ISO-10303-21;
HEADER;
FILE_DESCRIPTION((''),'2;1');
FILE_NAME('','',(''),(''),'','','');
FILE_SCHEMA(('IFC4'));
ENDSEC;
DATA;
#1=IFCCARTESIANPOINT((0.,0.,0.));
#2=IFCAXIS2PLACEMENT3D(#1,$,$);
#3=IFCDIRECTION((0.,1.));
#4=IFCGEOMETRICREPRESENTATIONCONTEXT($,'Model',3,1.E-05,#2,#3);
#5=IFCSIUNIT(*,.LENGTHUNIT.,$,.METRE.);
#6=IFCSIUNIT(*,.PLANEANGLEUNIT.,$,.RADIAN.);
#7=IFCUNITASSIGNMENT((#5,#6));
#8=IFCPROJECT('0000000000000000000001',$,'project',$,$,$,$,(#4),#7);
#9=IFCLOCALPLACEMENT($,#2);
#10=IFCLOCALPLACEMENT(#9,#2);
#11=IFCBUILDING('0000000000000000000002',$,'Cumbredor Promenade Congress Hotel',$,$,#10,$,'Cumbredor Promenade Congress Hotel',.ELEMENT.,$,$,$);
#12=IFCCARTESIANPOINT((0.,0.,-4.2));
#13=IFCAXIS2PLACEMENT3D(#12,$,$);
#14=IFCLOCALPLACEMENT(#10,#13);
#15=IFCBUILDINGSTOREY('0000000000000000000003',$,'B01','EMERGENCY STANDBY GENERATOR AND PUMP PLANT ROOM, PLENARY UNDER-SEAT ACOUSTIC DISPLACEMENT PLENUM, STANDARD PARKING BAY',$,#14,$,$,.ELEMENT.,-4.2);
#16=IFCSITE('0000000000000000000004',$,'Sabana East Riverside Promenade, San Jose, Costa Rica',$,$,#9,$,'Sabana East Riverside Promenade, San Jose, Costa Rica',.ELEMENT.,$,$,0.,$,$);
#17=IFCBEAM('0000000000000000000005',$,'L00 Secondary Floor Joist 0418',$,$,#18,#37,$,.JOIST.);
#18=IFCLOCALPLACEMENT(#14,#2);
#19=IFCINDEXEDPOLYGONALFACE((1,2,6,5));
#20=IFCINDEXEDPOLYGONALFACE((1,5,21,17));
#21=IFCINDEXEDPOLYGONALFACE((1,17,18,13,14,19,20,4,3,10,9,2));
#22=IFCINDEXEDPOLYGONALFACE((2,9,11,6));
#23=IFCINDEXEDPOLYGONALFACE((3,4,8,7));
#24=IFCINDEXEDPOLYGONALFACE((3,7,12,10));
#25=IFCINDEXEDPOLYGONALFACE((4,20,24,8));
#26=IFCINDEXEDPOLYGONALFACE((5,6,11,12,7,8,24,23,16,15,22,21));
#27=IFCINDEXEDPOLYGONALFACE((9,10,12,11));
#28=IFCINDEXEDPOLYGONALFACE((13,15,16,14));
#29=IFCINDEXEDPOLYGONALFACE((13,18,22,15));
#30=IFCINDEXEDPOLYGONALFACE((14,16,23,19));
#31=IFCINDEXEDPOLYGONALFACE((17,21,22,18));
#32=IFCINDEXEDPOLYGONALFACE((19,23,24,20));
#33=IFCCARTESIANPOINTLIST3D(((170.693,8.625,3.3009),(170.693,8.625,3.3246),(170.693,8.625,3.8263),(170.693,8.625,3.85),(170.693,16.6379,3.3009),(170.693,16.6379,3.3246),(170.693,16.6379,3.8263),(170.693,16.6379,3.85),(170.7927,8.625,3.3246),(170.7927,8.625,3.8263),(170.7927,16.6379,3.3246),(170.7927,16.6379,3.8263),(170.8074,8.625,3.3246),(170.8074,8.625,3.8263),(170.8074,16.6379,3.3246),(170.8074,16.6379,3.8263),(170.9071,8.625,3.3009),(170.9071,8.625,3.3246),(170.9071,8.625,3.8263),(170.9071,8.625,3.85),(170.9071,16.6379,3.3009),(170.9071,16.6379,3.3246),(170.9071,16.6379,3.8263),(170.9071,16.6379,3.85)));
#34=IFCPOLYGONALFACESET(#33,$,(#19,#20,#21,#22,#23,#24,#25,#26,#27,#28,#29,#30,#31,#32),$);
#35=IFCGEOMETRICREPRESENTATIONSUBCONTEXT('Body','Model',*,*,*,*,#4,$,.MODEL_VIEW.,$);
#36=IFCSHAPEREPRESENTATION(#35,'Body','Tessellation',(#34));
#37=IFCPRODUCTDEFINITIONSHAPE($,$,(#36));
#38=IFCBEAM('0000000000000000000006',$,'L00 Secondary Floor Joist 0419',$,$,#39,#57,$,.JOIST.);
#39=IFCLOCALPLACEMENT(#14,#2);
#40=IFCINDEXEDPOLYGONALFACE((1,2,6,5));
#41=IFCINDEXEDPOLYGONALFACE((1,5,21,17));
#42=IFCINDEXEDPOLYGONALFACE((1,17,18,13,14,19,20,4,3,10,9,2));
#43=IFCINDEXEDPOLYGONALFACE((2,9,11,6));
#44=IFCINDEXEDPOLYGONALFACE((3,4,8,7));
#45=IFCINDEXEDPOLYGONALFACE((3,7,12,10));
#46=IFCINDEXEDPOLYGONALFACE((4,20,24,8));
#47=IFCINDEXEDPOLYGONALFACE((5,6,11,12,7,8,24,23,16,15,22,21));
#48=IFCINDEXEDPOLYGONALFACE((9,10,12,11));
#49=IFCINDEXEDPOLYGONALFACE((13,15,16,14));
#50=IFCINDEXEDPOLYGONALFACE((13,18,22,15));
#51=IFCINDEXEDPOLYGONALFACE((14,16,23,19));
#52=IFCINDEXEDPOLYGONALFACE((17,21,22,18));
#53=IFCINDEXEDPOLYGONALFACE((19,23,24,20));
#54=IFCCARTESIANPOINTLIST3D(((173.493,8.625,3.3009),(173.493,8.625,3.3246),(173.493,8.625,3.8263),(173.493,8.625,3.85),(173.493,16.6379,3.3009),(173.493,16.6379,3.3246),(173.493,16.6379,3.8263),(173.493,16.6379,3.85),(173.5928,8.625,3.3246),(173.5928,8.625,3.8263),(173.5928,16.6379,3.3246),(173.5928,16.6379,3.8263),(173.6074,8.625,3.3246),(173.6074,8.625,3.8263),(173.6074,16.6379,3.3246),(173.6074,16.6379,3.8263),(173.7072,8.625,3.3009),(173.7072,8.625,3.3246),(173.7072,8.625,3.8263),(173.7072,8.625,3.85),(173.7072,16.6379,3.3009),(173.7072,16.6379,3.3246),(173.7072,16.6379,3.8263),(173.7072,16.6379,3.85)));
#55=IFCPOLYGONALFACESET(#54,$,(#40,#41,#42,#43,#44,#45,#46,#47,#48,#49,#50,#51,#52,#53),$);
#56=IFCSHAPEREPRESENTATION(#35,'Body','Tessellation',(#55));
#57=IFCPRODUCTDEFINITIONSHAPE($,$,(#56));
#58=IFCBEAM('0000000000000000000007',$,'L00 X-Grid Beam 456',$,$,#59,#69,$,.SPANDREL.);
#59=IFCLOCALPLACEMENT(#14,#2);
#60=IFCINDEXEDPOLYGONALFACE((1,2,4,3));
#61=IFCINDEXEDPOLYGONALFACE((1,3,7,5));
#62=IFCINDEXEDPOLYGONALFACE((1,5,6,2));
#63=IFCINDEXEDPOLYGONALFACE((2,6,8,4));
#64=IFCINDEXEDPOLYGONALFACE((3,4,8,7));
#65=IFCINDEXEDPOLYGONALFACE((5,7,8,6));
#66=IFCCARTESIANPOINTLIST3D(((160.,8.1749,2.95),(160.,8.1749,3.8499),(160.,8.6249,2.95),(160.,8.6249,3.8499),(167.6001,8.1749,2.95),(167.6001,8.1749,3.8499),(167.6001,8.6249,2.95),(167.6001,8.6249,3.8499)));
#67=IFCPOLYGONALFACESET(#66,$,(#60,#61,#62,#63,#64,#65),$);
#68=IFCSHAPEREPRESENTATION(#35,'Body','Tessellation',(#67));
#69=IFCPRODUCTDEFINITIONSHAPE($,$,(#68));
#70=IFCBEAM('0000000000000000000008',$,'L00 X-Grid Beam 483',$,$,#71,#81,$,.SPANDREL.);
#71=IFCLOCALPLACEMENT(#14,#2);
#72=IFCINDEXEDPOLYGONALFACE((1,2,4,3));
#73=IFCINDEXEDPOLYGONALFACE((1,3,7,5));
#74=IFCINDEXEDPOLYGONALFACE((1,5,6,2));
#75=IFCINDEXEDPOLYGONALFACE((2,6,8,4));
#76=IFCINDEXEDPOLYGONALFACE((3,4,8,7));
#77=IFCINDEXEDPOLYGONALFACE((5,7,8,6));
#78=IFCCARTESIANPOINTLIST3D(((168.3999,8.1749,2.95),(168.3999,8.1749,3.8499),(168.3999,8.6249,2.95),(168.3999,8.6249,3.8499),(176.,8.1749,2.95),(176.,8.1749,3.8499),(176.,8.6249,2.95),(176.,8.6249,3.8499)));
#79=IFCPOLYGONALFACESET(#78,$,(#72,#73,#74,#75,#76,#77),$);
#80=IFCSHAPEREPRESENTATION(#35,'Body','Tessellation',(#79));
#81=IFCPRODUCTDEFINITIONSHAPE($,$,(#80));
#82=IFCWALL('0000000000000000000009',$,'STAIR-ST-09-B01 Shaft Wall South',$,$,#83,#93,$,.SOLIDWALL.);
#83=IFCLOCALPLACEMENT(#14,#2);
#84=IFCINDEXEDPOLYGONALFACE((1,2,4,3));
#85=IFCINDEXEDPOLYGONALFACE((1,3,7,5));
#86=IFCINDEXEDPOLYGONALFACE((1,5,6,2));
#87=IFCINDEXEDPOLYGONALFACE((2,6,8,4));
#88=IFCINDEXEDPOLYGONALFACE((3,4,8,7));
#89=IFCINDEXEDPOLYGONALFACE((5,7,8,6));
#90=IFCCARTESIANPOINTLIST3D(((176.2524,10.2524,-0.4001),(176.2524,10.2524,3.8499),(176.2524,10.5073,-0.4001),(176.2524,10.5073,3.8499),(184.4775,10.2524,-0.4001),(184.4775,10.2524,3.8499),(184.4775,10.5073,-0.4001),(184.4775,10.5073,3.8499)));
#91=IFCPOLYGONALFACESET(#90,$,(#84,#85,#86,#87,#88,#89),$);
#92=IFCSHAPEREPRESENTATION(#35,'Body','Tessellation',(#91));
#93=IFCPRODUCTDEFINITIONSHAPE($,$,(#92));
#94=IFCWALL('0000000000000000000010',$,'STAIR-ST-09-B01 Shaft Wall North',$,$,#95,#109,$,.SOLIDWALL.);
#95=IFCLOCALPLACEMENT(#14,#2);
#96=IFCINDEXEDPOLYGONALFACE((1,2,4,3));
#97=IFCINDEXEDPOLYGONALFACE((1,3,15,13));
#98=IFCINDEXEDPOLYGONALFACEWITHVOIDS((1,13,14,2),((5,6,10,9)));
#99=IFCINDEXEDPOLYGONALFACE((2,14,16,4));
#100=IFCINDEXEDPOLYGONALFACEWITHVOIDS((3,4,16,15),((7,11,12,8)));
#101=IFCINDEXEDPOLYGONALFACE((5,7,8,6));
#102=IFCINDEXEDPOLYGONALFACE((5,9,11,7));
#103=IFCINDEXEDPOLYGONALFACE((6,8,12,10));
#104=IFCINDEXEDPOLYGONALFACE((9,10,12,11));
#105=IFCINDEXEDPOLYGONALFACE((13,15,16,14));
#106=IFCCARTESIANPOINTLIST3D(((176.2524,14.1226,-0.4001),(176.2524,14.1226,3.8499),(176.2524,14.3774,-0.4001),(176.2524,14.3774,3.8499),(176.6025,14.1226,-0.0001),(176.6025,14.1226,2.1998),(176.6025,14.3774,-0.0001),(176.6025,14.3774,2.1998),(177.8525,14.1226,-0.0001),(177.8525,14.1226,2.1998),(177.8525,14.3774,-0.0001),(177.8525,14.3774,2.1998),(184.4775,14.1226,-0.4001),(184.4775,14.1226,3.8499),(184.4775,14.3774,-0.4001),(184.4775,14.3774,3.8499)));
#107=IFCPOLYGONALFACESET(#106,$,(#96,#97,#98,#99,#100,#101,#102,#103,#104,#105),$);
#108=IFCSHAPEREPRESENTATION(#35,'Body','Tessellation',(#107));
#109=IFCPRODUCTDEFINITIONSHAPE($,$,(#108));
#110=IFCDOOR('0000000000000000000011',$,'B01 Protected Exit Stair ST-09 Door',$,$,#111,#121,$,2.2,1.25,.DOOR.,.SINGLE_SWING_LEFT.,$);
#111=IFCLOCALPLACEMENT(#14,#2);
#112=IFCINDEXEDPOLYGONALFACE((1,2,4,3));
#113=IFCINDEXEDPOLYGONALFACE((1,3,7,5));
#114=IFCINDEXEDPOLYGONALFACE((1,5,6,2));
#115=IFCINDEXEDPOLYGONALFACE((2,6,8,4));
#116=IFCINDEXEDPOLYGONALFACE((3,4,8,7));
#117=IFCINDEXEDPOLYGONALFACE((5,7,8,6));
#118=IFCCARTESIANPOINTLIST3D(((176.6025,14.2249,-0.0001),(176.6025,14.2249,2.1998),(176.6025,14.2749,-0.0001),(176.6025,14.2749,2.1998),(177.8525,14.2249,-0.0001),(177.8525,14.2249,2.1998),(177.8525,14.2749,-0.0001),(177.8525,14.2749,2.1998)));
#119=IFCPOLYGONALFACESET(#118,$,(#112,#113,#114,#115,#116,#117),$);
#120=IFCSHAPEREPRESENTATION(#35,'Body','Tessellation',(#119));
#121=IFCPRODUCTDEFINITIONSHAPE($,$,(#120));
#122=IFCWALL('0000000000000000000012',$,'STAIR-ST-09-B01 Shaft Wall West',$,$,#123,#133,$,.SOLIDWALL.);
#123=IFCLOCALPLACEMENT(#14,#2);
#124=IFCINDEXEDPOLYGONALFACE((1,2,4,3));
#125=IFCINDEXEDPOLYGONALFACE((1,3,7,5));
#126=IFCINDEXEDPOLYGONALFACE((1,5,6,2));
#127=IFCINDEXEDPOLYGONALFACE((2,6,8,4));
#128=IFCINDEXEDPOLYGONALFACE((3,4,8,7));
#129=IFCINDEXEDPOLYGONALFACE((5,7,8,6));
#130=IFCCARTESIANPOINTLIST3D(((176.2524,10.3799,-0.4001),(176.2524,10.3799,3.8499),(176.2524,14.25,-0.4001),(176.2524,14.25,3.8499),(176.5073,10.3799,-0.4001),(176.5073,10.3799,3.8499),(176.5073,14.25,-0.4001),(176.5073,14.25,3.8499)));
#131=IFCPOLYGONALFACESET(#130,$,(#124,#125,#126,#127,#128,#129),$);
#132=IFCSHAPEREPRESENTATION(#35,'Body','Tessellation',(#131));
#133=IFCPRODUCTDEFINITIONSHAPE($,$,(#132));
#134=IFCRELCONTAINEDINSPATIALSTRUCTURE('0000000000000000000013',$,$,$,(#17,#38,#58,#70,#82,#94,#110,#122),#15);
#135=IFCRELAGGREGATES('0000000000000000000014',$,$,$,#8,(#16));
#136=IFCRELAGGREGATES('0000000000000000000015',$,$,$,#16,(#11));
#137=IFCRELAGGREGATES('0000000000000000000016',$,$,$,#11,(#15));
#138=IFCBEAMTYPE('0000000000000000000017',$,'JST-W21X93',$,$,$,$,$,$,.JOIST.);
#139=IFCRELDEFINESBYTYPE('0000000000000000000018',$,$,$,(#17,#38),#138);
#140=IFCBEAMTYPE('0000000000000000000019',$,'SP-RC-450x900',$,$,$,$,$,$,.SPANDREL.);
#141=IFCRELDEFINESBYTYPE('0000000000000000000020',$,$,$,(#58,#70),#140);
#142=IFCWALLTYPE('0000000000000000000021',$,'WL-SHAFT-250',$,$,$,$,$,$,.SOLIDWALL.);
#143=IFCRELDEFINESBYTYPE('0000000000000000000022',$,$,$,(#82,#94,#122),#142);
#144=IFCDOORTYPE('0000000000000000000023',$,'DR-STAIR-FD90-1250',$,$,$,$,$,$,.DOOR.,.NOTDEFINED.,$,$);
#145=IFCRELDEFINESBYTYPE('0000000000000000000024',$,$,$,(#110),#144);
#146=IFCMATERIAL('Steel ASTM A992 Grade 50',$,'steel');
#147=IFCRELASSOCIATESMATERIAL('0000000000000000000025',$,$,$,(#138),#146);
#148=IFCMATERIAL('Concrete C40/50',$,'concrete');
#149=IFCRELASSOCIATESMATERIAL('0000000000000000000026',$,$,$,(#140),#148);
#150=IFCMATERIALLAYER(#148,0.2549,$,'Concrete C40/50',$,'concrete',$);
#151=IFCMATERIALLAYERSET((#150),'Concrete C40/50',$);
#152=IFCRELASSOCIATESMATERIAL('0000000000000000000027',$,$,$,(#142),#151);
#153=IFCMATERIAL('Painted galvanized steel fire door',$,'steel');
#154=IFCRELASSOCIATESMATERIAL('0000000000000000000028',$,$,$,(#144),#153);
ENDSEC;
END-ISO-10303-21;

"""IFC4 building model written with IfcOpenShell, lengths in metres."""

from ifc_helpers import new_model, si_unit, direction, frame, frame_2d, origin, origin_2d, place, context, subcontext, project, spatial, rectangle, i_section, extrude, material, layer, layer_set, material_profile, profile_set, type_object, element, fill, save


model = new_model("IFC4")

# Units and contexts
model_context = context("Model", 3, precision=1e-05, world=origin(), true_north=direction((0.0, 1.0)))
body_context = subcontext(model_context, "Body", "Model", "MODEL_VIEW")
ifc_project = project(units=[si_unit("LENGTHUNIT", "METRE"), si_unit("PLANEANGLEUNIT", "RADIAN")], contexts=[model_context])

# Site, building, storey
site_placement = place(None, origin())
site = spatial("IfcSite", under=ifc_project, at=site_placement, Name="Sabana East Riverside Promenade, San Jose, Costa Rica", LongName="Sabana East Riverside Promenade, San Jose, Costa Rica", CompositionType="ELEMENT", RefElevation=0.0)
building_placement = place(site_placement, origin())
building = spatial("IfcBuilding", under=site, at=building_placement, Name="Cumbredor Promenade Congress Hotel", LongName="Cumbredor Promenade Congress Hotel", CompositionType="ELEMENT")
storey_placement = place(building_placement, frame((0.0, 0.0, -4.2)))
storey = spatial("IfcBuildingStorey", under=building, at=storey_placement, Name="B01", Description="EMERGENCY STANDBY GENERATOR AND PUMP PLANT ROOM, PLENARY UNDER-SEAT ACOUSTIC DISPLACEMENT PLENUM, STANDARD PARKING BAY", CompositionType="ELEMENT", Elevation=-4.2)

# Shared definitions
ifc_material_1 = material(Name="Concrete C40/50", Category="concrete")

# Beams
ifc_material_2 = material(Name="Steel ASTM A992 Grade 50", Category="steel")
ifc_material_profile_1 = material_profile(ifc_material_2, i_section(OverallWidth=0.2141, OverallDepth=0.5491, WebThickness=0.0146, FlangeThickness=0.0237, at=origin_2d()), Name="W21X93")
ifc_profile_set_1 = profile_set([ifc_material_profile_1], Name="Steel ASTM A992 Grade 50")
beam_type_1 = type_object("IfcBeamType", Name="JST-W21X93", PredefinedType="JOIST", material=ifc_profile_set_1)
for number, where, z_axis, x_axis, name in (
    (1, (170.8, 8.625, 3.5754), (0.0, 1.0, 0.0), (-1.0, 0.0, 0.0), "L00 Secondary Floor Joist 0418"),
    (2, (173.6001, 8.625, 3.5754), (0.0, 1.0, 0.0), (-1.0, 0.0, 0.0), "L00 Secondary Floor Joist 0419"),
):
    element("IfcBeam", number, at=place(storey_placement, frame(where, z_axis=z_axis, x_axis=x_axis)), inside=storey, type_object=beam_type_1, Name=name, PredefinedType="JOIST", context=body_context, shape_type="SweptSolid", body=[
        extrude(i_section(OverallWidth=0.2141, OverallDepth=0.5491, WebThickness=0.0146, FlangeThickness=0.0237, at=origin_2d()), origin(), (0.0, 0.0, 1.0), 8.0129),
    ])
ifc_material_profile_2 = material_profile(ifc_material_1, rectangle(XDim=0.45, YDim=0.8999, at=origin_2d()), Name="RC SPANDREL 450x900")
ifc_profile_set_2 = profile_set([ifc_material_profile_2], Name="Concrete C40/50")
beam_type_2 = type_object("IfcBeamType", Name="SP-RC-450x900", PredefinedType="SPANDREL", material=ifc_profile_set_2)
for number, where, z_axis, x_axis, name in (
    (3, (160.0, 8.3999, 3.3999), (1.0, 0.0, 0.0), (0.0, 1.0, 0.0), "L00 X-Grid Beam 456"),
    (4, (168.3999, 8.3999, 3.3999), (1.0, 0.0, 0.0), (0.0, 1.0, 0.0), "L00 X-Grid Beam 483"),
):
    element("IfcBeam", number, at=place(storey_placement, frame(where, z_axis=z_axis, x_axis=x_axis)), inside=storey, type_object=beam_type_2, Name=name, PredefinedType="SPANDREL", context=body_context, shape_type="SweptSolid", body=[
        extrude(rectangle(XDim=0.45, YDim=0.8999, at=origin_2d()), origin(), (0.0, 0.0, 1.0), 7.6001),
    ])

# Wall
ifc_layer = layer(ifc_material_1, 0.2549, Name="Concrete C40/50", Category="concrete")
ifc_layer_set = layer_set([ifc_layer], Name="Concrete C40/50")
wall_type = type_object("IfcWallType", Name="WL-SHAFT-250", PredefinedType="SOLIDWALL", material=ifc_layer_set)
wall_1_placement = place(storey_placement, frame((176.2524, 10.3799, -0.4001), z_axis=(0.0, 0.0, 1.0), x_axis=(1.0, 0.0, 0.0)))
element("IfcWall", 5, at=wall_1_placement, inside=storey, type_object=wall_type, Name="STAIR-ST-09-B01 Shaft Wall South", PredefinedType="SOLIDWALL", context=body_context, shape_type="SweptSolid", body=[
    extrude(rectangle(XDim=8.2251, YDim=0.2549, at=frame_2d((4.1125, 0.0))), origin(), (0.0, 0.0, 1.0), 4.25),
])

# Wall, opening, door
wall_2_placement = place(storey_placement, frame((176.2524, 14.25, -0.4001), z_axis=(0.0, 0.0, 1.0), x_axis=(1.0, 0.0, 0.0)))
wall_2 = element("IfcWall", 6, at=wall_2_placement, inside=storey, type_object=wall_type, Name="STAIR-ST-09-B01 Shaft Wall North", PredefinedType="SOLIDWALL", context=body_context, shape_type="SweptSolid", body=[
    extrude(rectangle(XDim=8.2251, YDim=0.2549, at=frame_2d((4.1125, 0.0))), origin(), (0.0, 0.0, 1.0), 4.25),
])
opening_placement = place(wall_2_placement, frame((0.3501, 0.0, 0.3999)))
opening = element("IfcOpeningElement", 7, at=opening_placement, cuts=wall_2, PredefinedType="OPENING", context=body_context, shape_type="SweptSolid", body=[
    extrude(rectangle(XDim=1.25, YDim=2.2, at=frame_2d((0.625, 1.1001))), frame((0.0, 0.1375, 0.0), z_axis=(0.0, -1.0, 0.0), x_axis=(1.0, 0.0, 0.0)), (0.0, 0.0, 1.0), 0.2749),
])
ifc_material_3 = material(Name="Painted galvanized steel fire door", Category="steel")
door_type = type_object("IfcDoorType", Name="DR-STAIR-FD90-1250", OperationType="NOTDEFINED", PredefinedType="DOOR", material=ifc_material_3)
door_placement = place(opening_placement, origin())
door = element("IfcDoor", 8, at=door_placement, inside=storey, type_object=door_type, Name="B01 Protected Exit Stair ST-09 Door", OperationType="SINGLE_SWING_LEFT", OverallHeight=2.2, OverallWidth=1.25, PredefinedType="DOOR", context=body_context, shape_type="SweptSolid", body=[
    extrude(rectangle(XDim=1.25, YDim=2.2, at=frame_2d((0.625, 1.1001))), frame((0.0, 0.0249, 0.0), z_axis=(0.0, -1.0, 0.0), x_axis=(1.0, 0.0, 0.0)), (0.0, 0.0, 1.0), 0.05),
])
fill(opening, door)

# Wall
wall_3_placement = place(storey_placement, frame((176.3799, 10.3799, -0.4001), z_axis=(0.0, 0.0, 1.0), x_axis=(0.0, 1.0, 0.0)))
element("IfcWall", 9, at=wall_3_placement, inside=storey, type_object=wall_type, Name="STAIR-ST-09-B01 Shaft Wall West", PredefinedType="SOLIDWALL", context=body_context, shape_type="SweptSolid", body=[
    extrude(rectangle(XDim=3.8701, YDim=0.2549, at=frame_2d((1.9351, 0.0))), origin(), (0.0, 0.0, 1.0), 4.25),
])

save(model, "model.ifc")
